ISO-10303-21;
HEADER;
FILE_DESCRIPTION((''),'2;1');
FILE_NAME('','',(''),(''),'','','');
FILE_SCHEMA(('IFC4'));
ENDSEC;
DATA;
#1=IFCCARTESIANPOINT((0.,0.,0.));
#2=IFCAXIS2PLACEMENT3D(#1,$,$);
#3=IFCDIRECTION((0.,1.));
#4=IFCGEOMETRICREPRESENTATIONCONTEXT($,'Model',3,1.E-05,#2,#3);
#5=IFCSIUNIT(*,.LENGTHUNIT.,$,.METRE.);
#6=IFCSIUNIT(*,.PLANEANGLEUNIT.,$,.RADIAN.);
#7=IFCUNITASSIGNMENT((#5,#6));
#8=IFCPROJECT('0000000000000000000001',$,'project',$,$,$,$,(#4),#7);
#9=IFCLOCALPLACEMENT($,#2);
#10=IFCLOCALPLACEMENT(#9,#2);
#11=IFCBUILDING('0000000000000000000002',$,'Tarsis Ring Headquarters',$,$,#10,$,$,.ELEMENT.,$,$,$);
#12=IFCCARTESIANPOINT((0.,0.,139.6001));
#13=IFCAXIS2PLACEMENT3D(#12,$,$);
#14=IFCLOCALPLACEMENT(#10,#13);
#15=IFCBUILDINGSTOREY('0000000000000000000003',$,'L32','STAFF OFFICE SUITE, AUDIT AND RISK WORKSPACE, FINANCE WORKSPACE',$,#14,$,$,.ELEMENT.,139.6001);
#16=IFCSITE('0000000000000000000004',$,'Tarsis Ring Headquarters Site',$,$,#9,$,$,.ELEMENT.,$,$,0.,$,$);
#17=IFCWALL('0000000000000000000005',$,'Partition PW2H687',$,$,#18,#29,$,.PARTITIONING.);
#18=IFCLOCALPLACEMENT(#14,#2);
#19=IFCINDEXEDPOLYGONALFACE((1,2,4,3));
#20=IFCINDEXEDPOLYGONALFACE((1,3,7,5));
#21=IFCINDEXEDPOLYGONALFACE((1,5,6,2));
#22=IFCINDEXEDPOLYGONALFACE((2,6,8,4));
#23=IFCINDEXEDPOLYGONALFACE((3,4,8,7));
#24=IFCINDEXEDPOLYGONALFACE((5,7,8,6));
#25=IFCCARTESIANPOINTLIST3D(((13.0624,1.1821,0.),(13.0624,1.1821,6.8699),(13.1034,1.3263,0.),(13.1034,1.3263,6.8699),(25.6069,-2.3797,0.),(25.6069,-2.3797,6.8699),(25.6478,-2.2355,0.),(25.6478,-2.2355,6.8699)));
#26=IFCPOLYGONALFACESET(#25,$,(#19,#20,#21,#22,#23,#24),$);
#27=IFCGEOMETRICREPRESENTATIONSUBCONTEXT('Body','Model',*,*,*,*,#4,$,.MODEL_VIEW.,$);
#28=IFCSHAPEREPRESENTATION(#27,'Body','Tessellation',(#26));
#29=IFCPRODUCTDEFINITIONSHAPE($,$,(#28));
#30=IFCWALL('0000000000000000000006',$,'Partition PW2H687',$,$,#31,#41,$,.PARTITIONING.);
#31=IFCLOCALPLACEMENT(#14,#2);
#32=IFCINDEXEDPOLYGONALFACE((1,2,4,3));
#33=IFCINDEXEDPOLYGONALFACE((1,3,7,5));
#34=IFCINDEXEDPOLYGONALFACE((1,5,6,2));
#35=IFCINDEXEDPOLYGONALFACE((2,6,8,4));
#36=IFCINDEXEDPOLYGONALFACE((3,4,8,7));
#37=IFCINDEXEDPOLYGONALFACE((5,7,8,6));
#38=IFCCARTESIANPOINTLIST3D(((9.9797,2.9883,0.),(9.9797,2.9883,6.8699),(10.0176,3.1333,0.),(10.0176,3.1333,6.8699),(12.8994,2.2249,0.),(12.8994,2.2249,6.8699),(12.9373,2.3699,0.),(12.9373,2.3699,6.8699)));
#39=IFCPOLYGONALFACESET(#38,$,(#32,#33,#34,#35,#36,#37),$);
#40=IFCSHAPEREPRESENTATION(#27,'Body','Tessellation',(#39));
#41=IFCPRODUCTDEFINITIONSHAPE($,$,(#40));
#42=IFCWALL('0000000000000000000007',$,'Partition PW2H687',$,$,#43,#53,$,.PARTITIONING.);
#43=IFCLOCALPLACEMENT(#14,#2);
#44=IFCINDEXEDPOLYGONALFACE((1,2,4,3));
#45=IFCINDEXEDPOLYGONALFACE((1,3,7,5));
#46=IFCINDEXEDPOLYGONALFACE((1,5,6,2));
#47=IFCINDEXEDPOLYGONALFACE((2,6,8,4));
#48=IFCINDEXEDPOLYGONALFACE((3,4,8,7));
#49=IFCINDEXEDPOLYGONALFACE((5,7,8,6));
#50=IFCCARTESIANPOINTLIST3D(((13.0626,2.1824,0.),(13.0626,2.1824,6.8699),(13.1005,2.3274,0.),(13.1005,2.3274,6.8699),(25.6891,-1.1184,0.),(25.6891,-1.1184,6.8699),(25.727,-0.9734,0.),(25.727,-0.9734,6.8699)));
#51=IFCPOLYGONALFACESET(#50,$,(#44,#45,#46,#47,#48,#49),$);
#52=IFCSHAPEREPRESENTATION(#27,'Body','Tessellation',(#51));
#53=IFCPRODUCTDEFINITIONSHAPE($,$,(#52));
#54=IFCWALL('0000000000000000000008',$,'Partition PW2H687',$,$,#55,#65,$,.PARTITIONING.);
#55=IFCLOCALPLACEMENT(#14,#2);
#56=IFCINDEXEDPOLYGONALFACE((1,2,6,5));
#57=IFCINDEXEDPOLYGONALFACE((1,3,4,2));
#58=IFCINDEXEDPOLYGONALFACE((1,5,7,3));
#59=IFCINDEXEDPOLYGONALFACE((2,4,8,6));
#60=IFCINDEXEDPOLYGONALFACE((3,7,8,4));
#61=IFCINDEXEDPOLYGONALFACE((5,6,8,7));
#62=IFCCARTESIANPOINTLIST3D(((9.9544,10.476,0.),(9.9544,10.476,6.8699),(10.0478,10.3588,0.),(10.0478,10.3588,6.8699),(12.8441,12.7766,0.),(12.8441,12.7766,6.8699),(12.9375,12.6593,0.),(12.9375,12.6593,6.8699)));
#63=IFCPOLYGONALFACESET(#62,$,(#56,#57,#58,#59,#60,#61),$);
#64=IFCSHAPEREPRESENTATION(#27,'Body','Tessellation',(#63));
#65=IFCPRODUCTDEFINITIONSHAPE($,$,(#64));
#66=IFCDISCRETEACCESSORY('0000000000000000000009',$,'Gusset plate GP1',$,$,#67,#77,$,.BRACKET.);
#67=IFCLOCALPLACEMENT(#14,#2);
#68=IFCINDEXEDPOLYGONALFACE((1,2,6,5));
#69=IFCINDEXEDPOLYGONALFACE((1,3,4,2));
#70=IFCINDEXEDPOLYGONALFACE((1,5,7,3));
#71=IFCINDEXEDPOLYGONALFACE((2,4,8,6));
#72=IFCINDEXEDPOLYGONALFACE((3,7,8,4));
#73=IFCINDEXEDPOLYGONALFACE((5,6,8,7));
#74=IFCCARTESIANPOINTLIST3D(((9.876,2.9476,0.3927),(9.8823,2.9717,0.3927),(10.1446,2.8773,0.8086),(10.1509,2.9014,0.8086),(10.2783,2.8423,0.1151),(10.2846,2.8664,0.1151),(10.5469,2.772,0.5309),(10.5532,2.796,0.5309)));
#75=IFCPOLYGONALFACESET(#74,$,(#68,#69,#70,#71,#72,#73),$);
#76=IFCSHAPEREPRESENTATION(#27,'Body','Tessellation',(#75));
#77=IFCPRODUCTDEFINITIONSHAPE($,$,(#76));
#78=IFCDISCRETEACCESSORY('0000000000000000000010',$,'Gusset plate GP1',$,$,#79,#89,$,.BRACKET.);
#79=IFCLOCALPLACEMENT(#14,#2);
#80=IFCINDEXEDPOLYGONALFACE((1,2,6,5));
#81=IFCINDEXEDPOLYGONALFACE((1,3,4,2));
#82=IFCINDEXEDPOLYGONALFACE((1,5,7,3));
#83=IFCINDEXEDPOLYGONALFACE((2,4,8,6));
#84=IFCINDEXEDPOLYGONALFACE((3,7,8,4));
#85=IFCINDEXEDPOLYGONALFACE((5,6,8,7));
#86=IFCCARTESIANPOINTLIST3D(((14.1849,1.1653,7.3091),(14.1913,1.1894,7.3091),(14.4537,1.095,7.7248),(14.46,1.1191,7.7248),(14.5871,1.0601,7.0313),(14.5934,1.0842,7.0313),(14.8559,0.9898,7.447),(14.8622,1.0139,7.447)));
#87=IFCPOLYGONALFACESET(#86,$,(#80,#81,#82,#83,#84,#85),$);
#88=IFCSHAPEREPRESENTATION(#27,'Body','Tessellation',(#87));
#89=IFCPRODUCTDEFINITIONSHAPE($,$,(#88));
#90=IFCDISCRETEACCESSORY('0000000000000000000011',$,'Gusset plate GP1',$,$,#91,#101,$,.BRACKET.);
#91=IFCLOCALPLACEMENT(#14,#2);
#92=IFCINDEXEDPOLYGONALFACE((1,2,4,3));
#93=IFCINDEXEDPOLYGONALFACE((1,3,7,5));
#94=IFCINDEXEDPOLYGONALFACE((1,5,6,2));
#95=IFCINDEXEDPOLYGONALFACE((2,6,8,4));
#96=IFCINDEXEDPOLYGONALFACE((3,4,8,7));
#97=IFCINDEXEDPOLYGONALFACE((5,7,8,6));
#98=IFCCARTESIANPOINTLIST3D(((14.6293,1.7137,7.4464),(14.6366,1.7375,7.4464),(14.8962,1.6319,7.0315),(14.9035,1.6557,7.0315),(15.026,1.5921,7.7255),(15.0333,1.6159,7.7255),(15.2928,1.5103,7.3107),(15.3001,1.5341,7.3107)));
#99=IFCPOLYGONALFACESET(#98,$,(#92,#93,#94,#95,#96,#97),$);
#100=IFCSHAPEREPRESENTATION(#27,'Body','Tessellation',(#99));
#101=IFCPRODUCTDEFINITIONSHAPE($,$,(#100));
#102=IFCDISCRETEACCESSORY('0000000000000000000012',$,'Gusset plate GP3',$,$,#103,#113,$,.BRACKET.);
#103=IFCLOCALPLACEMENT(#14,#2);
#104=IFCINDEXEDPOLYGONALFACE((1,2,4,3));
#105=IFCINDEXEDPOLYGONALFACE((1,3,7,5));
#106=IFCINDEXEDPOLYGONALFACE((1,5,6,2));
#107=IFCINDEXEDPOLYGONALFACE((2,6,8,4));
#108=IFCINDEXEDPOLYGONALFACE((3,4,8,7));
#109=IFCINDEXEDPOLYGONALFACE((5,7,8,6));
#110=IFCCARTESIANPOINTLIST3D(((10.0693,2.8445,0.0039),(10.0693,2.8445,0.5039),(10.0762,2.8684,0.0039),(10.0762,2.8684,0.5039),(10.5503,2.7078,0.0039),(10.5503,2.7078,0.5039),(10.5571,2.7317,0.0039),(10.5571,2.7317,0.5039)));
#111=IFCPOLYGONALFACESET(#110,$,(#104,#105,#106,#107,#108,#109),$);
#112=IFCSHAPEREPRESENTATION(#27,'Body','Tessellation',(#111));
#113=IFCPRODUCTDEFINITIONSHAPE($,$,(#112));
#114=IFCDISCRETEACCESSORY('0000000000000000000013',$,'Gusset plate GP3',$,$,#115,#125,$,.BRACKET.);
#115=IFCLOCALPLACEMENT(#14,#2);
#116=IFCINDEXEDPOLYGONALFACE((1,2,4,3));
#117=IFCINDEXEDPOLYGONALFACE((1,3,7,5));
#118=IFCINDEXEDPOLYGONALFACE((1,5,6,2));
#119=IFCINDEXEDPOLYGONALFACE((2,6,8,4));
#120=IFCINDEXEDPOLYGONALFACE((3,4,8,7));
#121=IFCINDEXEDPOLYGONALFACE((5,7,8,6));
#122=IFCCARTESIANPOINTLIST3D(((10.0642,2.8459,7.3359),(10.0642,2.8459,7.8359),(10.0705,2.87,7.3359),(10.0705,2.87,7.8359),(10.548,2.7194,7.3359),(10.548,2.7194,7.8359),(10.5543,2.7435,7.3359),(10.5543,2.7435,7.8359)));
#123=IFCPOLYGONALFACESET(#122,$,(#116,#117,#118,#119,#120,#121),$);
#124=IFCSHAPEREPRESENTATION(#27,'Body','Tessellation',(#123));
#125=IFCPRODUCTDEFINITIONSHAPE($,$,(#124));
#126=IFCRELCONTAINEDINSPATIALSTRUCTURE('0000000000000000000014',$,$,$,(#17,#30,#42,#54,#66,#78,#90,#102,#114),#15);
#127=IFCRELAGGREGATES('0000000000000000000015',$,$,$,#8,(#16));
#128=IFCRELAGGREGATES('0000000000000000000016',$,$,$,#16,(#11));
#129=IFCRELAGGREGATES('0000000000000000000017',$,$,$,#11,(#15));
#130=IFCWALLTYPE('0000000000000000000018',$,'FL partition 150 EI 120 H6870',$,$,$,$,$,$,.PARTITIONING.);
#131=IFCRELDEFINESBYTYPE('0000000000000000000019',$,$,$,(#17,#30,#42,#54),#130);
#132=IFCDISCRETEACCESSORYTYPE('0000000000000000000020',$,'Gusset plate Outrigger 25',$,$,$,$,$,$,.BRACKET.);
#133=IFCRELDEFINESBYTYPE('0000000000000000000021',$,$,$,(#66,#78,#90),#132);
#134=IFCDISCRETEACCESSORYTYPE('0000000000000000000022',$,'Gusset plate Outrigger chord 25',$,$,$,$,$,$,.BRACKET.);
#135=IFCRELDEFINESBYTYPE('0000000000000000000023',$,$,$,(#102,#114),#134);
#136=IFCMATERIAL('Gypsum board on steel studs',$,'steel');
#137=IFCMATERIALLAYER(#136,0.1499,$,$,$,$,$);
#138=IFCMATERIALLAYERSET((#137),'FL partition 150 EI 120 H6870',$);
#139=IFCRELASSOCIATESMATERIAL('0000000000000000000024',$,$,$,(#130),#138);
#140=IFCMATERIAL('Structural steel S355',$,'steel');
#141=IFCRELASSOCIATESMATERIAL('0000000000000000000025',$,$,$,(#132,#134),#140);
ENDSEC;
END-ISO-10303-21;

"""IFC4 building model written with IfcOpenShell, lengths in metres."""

from ifc_helpers import new_model, si_unit, direction, frame, frame_2d, origin, origin_2d, place, context, subcontext, project, spatial, rectangle, extrude, material, layer, layer_set, material_profile, profile_set, type_object, element, save


model = new_model("IFC4")

# Units and contexts
model_context = context("Model", 3, precision=1e-05, world=origin(), true_north=direction((0.0, 1.0)))
body_context = subcontext(model_context, "Body", "Model", "MODEL_VIEW")
ifc_project = project(units=[si_unit("LENGTHUNIT", "METRE"), si_unit("PLANEANGLEUNIT", "RADIAN")], contexts=[model_context])

# Site, building, storey
site_placement = place(None, origin())
site = spatial("IfcSite", under=ifc_project, at=site_placement, Name="Tarsis Ring Headquarters Site", CompositionType="ELEMENT", RefElevation=0.0)
building_placement = place(site_placement, origin())
building = spatial("IfcBuilding", under=site, at=building_placement, Name="Tarsis Ring Headquarters", CompositionType="ELEMENT")
storey_placement = place(building_placement, frame((0.0, 0.0, 139.6001)))
storey = spatial("IfcBuildingStorey", under=building, at=storey_placement, Name="L32", Description="STAFF OFFICE SUITE, AUDIT AND RISK WORKSPACE, FINANCE WORKSPACE", CompositionType="ELEMENT", Elevation=139.6001)

# Shared definitions
ifc_material_1 = material(Name="Structural steel S355", Category="steel")

# Walls
ifc_material_2 = material(Name="Gypsum board on steel studs", Category="steel")
ifc_layer_1 = layer(ifc_material_2, 0.1499)
ifc_layer_set_1 = layer_set([ifc_layer_1], Name="FL partition 150 EI 120 H6870")
wall_type_1 = type_object("IfcWallType", Name="FL partition 150 EI 120 H6870", PredefinedType="PARTITIONING", material=ifc_layer_set_1)
wall_1_placement = place(storey_placement, frame((13.083, 1.2542, 0.0), z_axis=(0.0, 0.0, 1.0), x_axis=(0.961976, -0.273136, 0.0)))
element("IfcWall", 1, at=wall_1_placement, inside=storey, type_object=wall_type_1, Name="Partition PW2H687", PredefinedType="PARTITIONING", context=body_context, shape_type="SweptSolid", body=[
    extrude(rectangle(XDim=13.0403, YDim=0.1499, at=frame_2d((6.52, 0.0))), origin(), (0.0, 0.0, 1.0), 6.8699),
])
wall_2_placement = place(storey_placement, frame((9.9988, 3.0608, 0.0), z_axis=(0.0, 0.0, 1.0), x_axis=(0.967474, -0.252972, 0.0)))
element("IfcWall", 2, at=wall_2_placement, inside=storey, type_object=wall_type_1, Name="Partition PW2H687", PredefinedType="PARTITIONING", context=body_context, shape_type="SweptSolid", body=[
    extrude(rectangle(XDim=3.0178, YDim=0.1499, at=frame_2d((1.5088, 0.0))), origin(), (0.0, 0.0, 1.0), 6.8699),
])
wall_3_placement = place(storey_placement, frame((13.0815, 2.2549, 0.0), z_axis=(0.0, 0.0, 1.0), x_axis=(0.967488, -0.252918, 0.0)))
element("IfcWall", 3, at=wall_3_placement, inside=storey, type_object=wall_type_1, Name="Partition PW2H687", PredefinedType="PARTITIONING", context=body_context, shape_type="SweptSolid", body=[
    extrude(rectangle(XDim=13.0508, YDim=0.1499, at=frame_2d((6.5254, 0.0))), origin(), (0.0, 0.0, 1.0), 6.8699),
])
wall_4_placement = place(storey_placement, frame((10.0012, 10.4175, 0.0), z_axis=(0.0, 0.0, 1.0), x_axis=(0.782343, 0.622847, 0.0)))
element("IfcWall", 4, at=wall_4_placement, inside=storey, type_object=wall_type_1, Name="Partition PW2H687", PredefinedType="PARTITIONING", context=body_context, shape_type="SweptSolid", body=[
    extrude(rectangle(XDim=3.6936, YDim=0.1499, at=frame_2d((1.8467, 0.0))), origin(), (0.0, 0.0, 1.0), 6.8699),
])

# Discrete accessories
ifc_material_profile_1 = material_profile(ifc_material_1, rectangle(XDim=0.0249, YDim=0.5, at=origin_2d()), Name="PL 25x500")
ifc_profile_set_1 = profile_set([ifc_material_profile_1], Name="Structural steel S355")
discrete_accessory_type_1 = type_object("IfcDiscreteAccessoryType", Name="Gusset plate Outrigger 25", PredefinedType="BRACKET", material=ifc_profile_set_1)
for number, where, z_axis, x_axis, name in (
    (5, (10.0803, 2.907, 0.2539), (0.537183, -0.140644, 0.831657), (0.253281, 0.967393, 0.0), "Gusset plate GP1"),
    (6, (14.658, 1.0544, 7.5859), (-0.53753, 0.140607, -0.831439), (-0.253066, -0.967449, 0.0), "Gusset plate GP1"),
    (7, (14.8313, 1.6648, 7.5859), (0.533744, -0.16359, -0.829672), (0.293041, 0.9561, 0.0), "Gusset plate GP1"),
):
    element("IfcDiscreteAccessory", number, at=place(storey_placement, frame(where, z_axis=z_axis, x_axis=x_axis)), inside=storey, type_object=discrete_accessory_type_1, Name=name, PredefinedType="BRACKET", context=body_context, shape_type="SweptSolid", body=[
        extrude(rectangle(XDim=0.0249, YDim=0.5, at=origin_2d()), origin(), (0.0, 0.0, 1.0), 0.5),
    ])
discrete_accessory_type_2 = type_object("IfcDiscreteAccessoryType", Name="Gusset plate Outrigger chord 25", PredefinedType="BRACKET", material=ifc_profile_set_1)
for number, where, z_axis, x_axis, name in (
    (8, (10.0728, 2.8564, 0.2539), (0.961892, -0.273431, 0.0), (0.273431, 0.961892, 0.0), "Gusset plate GP3"),
    (9, (10.0674, 2.8579, 7.5859), (0.967472, -0.252979, 0.0), (0.252979, 0.967472, 0.0), "Gusset plate GP3"),
):
    element("IfcDiscreteAccessory", number, at=place(storey_placement, frame(where, z_axis=z_axis, x_axis=x_axis)), inside=storey, type_object=discrete_accessory_type_2, Name=name, PredefinedType="BRACKET", context=body_context, shape_type="SweptSolid", body=[
        extrude(rectangle(XDim=0.0249, YDim=0.5, at=origin_2d()), origin(), (0.0, 0.0, 1.0), 0.5),
    ])

save(model, "model.ifc")
